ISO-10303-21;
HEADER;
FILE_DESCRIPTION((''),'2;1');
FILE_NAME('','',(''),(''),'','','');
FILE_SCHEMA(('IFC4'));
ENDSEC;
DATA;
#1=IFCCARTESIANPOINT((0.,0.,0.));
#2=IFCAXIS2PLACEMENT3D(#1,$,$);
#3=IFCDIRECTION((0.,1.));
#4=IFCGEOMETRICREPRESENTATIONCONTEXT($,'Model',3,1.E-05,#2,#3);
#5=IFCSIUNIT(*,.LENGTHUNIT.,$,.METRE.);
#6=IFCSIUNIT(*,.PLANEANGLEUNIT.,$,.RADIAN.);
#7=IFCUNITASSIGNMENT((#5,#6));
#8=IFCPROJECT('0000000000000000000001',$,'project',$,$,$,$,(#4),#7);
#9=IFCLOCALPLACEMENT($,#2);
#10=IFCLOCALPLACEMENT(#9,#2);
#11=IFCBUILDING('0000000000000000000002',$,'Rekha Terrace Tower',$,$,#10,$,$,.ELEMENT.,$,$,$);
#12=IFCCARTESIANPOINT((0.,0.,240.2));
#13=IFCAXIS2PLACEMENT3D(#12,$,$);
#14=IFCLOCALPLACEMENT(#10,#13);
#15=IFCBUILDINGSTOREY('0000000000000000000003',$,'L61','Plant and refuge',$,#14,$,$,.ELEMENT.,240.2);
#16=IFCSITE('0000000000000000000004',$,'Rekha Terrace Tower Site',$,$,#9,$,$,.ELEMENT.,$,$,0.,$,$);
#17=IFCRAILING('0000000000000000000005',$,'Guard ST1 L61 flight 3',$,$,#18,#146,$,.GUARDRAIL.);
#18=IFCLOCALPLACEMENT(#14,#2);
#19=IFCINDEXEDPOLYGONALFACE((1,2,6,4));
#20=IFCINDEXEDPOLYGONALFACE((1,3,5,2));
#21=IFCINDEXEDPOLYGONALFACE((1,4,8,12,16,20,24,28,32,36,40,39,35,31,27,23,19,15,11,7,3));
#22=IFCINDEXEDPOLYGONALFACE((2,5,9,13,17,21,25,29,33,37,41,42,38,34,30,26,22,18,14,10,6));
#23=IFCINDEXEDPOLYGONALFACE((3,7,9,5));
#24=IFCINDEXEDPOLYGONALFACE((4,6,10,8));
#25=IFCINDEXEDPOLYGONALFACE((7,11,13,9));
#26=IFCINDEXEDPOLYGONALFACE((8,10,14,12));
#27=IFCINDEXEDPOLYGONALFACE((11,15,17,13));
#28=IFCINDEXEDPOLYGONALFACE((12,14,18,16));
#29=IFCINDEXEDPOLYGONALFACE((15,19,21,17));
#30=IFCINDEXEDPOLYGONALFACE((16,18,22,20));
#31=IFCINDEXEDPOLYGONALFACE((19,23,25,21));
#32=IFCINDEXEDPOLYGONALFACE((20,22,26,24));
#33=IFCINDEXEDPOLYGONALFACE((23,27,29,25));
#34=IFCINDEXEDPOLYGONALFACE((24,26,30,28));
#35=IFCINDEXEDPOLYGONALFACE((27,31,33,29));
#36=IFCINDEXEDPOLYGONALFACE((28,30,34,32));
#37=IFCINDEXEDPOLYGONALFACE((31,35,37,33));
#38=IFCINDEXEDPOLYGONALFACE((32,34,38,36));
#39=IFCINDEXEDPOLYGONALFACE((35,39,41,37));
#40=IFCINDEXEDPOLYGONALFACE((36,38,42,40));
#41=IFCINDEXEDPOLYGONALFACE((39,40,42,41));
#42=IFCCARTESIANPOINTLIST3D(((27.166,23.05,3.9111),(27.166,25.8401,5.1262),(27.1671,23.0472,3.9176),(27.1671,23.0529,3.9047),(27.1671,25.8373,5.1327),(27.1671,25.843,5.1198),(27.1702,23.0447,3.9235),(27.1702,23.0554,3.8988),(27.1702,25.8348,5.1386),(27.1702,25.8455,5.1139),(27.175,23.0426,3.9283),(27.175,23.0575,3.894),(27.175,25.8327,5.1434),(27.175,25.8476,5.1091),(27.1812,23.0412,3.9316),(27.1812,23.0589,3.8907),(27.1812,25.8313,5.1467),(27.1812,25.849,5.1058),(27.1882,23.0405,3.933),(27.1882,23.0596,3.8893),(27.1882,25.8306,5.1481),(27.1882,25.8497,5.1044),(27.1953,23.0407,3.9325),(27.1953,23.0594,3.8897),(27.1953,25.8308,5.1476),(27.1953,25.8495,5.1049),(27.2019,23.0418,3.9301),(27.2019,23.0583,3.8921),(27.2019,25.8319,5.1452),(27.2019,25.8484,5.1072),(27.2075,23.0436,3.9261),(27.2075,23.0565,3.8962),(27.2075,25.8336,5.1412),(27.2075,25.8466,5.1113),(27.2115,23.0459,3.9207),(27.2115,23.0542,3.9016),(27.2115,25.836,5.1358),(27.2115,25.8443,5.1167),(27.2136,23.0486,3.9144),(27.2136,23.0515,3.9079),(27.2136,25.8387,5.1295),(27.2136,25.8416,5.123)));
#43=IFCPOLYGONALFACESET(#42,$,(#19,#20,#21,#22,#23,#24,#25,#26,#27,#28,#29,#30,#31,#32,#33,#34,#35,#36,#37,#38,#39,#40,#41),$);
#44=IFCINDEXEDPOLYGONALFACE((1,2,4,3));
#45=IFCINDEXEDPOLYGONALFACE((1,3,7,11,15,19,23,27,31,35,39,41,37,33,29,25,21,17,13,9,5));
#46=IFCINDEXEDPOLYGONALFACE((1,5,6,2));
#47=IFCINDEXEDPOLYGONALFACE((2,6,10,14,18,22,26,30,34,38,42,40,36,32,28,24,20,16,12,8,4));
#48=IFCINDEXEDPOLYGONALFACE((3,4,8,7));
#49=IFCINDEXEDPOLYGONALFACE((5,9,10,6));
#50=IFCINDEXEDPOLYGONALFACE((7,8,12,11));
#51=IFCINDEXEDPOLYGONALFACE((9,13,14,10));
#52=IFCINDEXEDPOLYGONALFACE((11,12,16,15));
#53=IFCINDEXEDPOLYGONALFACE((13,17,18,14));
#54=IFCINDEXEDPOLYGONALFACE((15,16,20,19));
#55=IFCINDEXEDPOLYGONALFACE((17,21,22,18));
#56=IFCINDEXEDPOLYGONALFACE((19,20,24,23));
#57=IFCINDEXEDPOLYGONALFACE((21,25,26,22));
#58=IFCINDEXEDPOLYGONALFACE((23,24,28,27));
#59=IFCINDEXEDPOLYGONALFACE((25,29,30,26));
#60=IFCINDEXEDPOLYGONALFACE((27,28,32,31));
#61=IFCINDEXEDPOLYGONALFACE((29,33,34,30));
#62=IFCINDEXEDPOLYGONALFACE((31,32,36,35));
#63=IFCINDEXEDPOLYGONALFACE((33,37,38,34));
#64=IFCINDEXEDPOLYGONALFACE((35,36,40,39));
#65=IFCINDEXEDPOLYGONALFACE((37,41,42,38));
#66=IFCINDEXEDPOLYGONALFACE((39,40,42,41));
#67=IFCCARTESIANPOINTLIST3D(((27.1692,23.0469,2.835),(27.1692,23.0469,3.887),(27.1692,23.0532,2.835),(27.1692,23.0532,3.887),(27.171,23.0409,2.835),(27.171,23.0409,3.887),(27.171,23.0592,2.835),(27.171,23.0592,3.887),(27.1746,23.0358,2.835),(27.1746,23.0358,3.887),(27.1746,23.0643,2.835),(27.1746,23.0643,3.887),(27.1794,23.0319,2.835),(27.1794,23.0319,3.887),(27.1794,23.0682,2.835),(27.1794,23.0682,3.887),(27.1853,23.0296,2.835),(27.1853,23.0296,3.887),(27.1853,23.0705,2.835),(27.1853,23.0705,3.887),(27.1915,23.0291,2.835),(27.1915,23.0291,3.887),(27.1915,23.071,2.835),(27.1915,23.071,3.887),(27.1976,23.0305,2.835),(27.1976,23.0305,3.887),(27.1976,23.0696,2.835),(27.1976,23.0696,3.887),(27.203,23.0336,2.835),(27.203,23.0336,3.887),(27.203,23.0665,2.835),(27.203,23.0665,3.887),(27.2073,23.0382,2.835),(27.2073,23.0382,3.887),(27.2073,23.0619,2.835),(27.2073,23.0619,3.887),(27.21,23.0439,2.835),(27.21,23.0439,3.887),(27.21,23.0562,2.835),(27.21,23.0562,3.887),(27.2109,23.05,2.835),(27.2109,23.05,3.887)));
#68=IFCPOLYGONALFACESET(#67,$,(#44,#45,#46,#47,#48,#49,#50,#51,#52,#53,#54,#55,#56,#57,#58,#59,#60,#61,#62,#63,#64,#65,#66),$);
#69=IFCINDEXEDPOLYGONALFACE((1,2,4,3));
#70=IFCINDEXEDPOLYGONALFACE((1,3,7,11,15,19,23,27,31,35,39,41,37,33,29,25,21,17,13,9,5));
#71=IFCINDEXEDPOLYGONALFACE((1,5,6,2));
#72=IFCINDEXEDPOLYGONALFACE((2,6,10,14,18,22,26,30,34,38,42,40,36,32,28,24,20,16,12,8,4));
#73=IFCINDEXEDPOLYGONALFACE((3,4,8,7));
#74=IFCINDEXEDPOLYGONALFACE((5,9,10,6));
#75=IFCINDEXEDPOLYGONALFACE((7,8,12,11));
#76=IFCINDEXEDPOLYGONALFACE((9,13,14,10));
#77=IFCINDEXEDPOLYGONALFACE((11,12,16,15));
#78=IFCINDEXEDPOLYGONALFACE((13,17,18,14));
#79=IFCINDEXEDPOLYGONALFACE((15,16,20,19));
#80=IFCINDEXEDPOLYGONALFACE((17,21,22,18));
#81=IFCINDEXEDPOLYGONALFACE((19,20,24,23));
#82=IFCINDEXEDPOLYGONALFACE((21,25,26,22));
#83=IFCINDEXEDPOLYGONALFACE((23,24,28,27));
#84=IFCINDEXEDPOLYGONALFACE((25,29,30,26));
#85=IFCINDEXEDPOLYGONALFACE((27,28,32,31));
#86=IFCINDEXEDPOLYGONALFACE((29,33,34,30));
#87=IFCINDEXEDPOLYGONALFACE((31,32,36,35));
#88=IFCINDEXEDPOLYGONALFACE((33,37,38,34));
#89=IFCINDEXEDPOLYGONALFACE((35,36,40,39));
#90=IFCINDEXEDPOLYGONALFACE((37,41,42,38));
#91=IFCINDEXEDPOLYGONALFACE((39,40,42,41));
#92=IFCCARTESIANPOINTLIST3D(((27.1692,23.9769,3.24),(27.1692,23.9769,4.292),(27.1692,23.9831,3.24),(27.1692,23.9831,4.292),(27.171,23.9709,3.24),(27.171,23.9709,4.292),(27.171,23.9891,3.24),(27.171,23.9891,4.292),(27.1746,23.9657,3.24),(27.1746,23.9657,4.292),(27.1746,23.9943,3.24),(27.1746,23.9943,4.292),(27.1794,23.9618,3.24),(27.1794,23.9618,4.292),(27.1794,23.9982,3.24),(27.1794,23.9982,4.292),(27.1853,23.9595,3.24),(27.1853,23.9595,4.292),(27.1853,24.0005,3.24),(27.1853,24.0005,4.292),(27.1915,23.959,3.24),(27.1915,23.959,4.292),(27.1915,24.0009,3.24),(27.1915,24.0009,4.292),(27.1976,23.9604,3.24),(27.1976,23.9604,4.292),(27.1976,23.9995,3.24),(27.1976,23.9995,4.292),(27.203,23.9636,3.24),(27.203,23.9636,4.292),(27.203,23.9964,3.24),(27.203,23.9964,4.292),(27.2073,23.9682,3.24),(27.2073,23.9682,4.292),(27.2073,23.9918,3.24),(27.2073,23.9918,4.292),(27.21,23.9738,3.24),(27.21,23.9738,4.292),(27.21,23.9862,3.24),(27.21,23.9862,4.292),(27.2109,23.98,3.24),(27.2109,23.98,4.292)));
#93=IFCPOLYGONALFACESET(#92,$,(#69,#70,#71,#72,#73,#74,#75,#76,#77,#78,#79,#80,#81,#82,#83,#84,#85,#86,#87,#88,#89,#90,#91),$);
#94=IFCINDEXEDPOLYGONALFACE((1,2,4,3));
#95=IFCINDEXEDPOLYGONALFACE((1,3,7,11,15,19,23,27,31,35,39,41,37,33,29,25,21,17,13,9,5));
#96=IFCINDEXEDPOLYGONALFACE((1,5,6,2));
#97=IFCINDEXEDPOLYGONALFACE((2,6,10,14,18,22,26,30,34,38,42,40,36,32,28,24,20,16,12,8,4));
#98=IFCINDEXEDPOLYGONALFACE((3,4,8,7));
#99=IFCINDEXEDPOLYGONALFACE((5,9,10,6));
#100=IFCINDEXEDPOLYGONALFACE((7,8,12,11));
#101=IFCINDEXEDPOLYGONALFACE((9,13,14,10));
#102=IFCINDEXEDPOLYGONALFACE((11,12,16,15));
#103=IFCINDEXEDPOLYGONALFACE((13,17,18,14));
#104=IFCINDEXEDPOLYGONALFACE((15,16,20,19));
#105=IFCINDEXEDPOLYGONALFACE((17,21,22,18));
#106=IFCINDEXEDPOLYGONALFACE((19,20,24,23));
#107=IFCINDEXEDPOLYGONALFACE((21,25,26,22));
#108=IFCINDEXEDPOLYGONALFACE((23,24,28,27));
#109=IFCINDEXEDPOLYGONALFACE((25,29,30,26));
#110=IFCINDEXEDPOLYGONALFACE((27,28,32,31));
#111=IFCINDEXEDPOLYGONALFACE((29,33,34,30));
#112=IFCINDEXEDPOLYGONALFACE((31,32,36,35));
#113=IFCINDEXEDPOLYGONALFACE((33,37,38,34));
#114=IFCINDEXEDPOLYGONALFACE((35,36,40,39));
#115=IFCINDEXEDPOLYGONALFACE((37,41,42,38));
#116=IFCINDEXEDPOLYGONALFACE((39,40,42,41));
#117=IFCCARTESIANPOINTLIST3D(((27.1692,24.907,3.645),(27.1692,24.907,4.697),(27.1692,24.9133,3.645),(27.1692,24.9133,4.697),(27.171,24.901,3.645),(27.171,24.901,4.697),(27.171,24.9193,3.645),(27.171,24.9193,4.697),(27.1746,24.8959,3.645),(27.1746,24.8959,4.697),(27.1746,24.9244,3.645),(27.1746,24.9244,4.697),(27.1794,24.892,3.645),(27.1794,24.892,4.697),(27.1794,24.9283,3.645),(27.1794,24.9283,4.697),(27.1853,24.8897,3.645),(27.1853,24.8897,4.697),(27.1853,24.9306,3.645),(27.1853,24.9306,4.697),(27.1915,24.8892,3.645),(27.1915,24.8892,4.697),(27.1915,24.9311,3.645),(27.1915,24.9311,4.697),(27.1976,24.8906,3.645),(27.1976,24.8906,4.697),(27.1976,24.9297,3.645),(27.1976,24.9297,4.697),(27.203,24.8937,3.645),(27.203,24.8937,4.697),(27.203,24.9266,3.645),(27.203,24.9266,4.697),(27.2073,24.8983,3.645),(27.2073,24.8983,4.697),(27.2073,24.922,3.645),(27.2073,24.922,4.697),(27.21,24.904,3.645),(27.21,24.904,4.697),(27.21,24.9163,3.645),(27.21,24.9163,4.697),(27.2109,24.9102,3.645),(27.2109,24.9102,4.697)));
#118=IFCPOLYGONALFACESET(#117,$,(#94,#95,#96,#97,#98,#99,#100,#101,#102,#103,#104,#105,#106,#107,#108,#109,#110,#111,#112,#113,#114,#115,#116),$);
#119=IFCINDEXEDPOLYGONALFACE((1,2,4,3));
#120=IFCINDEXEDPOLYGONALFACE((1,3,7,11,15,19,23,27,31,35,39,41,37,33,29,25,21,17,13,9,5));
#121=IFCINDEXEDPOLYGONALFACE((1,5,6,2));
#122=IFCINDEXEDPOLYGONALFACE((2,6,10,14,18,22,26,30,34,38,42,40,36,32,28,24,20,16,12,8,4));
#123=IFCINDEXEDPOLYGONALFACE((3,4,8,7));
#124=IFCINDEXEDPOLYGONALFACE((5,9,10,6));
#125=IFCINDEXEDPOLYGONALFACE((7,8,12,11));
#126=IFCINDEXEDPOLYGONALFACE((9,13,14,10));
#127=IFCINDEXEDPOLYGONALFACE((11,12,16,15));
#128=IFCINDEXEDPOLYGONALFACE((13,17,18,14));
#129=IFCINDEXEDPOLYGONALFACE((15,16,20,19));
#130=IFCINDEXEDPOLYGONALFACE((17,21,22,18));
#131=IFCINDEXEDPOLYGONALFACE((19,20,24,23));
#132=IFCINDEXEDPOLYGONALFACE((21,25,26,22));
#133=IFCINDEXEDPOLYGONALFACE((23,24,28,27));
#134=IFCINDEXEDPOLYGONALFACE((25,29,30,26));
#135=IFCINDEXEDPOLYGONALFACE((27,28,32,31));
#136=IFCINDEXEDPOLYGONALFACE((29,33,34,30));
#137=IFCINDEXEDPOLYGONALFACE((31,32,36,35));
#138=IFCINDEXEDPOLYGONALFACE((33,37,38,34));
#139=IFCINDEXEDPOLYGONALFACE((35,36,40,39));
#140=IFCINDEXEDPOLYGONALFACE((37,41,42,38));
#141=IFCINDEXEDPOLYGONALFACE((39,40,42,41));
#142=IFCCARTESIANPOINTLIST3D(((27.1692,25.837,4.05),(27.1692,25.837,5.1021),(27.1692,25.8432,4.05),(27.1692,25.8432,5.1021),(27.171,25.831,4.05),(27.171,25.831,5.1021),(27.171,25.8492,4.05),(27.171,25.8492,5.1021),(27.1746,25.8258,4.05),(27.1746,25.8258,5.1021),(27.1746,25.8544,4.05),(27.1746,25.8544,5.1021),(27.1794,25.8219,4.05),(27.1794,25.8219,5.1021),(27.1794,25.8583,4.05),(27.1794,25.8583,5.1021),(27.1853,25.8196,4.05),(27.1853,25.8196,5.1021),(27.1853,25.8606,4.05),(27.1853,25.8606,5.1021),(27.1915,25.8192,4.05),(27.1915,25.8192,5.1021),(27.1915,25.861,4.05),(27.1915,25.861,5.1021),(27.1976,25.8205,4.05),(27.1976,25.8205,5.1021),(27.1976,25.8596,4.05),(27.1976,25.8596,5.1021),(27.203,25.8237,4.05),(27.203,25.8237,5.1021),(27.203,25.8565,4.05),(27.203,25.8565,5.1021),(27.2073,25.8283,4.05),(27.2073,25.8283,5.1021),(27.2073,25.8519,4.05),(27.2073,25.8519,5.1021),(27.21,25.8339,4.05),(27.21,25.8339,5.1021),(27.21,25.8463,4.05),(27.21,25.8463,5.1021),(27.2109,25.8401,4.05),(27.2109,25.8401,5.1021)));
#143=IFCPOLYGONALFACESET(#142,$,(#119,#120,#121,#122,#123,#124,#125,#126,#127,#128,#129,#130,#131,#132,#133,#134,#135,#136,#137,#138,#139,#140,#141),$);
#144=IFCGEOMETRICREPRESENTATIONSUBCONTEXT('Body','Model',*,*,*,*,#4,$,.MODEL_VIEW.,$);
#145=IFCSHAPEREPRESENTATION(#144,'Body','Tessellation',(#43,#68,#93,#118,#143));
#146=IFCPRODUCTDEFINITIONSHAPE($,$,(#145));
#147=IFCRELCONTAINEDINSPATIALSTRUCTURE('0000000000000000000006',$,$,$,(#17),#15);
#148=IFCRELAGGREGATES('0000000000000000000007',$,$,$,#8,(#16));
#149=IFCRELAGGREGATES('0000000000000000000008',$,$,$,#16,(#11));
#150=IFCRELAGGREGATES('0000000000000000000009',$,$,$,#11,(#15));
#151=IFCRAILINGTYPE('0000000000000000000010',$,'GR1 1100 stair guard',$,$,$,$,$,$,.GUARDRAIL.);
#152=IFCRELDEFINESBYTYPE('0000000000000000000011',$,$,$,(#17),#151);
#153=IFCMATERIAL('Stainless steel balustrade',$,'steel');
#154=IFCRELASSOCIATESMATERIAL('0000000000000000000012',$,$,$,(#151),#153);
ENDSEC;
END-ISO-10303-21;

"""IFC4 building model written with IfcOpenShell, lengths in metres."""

from ifc_helpers import new_model, si_unit, direction, frame, origin, origin_2d, place, context, subcontext, project, spatial, circle, extrude, material, type_object, element, save


model = new_model("IFC4")

# Units and contexts
model_context = context("Model", 3, precision=1e-05, world=origin(), true_north=direction((0.0, 1.0)))
body_context = subcontext(model_context, "Body", "Model", "MODEL_VIEW")
ifc_project = project(units=[si_unit("LENGTHUNIT", "METRE"), si_unit("PLANEANGLEUNIT", "RADIAN")], contexts=[model_context])

# Site, building, storey
site_placement = place(None, origin())
site = spatial("IfcSite", under=ifc_project, at=site_placement, Name="Rekha Terrace Tower Site", CompositionType="ELEMENT", RefElevation=0.0)
building_placement = place(site_placement, origin())
building = spatial("IfcBuilding", under=site, at=building_placement, Name="Rekha Terrace Tower", CompositionType="ELEMENT")
storey_placement = place(building_placement, frame((0.0, 0.0, 240.2)))
storey = spatial("IfcBuildingStorey", under=building, at=storey_placement, Name="L61", Description="Plant and refuge", CompositionType="ELEMENT", Elevation=240.2)

# Railing
ifc_material_1 = material(Name="Stainless steel balustrade", Category="steel")
railing_type_1 = type_object("IfcRailingType", Name="GR1 1100 stair guard", PredefinedType="GUARDRAIL", material=ifc_material_1)
railing_1_placement = place(storey_placement, frame((27.1899, 23.05, 2.835)))
element("IfcRailing", 1, at=railing_1_placement, inside=storey, type_object=railing_type_1, Name="Guard ST1 L61 flight 3", PredefinedType="GUARDRAIL", context=body_context, shape_type="SweptSolid", body=[
    extrude(circle(Radius=0.0239, at=origin_2d()), frame((0.0, 0.0, 1.0762), z_axis=(0.0, 0.916826, 0.399286), x_axis=(-1.0, 0.0, 0.0)), (0.0, 0.0, 1.0), 3.0432),
    extrude(circle(Radius=0.021, at=origin_2d()), origin(), (0.0, 0.0, 1.0), 1.052),
    extrude(circle(Radius=0.021, at=origin_2d()), frame((0.0, 0.9299, 0.405)), (0.0, 0.0, 1.0), 1.052),
    extrude(circle(Radius=0.021, at=origin_2d()), frame((0.0, 1.8601, 0.8101)), (0.0, 0.0, 1.0), 1.052),
    extrude(circle(Radius=0.021, at=origin_2d()), frame((0.0, 2.79, 1.2151)), (0.0, 0.0, 1.0), 1.052),
])

save(model, "model.ifc")
